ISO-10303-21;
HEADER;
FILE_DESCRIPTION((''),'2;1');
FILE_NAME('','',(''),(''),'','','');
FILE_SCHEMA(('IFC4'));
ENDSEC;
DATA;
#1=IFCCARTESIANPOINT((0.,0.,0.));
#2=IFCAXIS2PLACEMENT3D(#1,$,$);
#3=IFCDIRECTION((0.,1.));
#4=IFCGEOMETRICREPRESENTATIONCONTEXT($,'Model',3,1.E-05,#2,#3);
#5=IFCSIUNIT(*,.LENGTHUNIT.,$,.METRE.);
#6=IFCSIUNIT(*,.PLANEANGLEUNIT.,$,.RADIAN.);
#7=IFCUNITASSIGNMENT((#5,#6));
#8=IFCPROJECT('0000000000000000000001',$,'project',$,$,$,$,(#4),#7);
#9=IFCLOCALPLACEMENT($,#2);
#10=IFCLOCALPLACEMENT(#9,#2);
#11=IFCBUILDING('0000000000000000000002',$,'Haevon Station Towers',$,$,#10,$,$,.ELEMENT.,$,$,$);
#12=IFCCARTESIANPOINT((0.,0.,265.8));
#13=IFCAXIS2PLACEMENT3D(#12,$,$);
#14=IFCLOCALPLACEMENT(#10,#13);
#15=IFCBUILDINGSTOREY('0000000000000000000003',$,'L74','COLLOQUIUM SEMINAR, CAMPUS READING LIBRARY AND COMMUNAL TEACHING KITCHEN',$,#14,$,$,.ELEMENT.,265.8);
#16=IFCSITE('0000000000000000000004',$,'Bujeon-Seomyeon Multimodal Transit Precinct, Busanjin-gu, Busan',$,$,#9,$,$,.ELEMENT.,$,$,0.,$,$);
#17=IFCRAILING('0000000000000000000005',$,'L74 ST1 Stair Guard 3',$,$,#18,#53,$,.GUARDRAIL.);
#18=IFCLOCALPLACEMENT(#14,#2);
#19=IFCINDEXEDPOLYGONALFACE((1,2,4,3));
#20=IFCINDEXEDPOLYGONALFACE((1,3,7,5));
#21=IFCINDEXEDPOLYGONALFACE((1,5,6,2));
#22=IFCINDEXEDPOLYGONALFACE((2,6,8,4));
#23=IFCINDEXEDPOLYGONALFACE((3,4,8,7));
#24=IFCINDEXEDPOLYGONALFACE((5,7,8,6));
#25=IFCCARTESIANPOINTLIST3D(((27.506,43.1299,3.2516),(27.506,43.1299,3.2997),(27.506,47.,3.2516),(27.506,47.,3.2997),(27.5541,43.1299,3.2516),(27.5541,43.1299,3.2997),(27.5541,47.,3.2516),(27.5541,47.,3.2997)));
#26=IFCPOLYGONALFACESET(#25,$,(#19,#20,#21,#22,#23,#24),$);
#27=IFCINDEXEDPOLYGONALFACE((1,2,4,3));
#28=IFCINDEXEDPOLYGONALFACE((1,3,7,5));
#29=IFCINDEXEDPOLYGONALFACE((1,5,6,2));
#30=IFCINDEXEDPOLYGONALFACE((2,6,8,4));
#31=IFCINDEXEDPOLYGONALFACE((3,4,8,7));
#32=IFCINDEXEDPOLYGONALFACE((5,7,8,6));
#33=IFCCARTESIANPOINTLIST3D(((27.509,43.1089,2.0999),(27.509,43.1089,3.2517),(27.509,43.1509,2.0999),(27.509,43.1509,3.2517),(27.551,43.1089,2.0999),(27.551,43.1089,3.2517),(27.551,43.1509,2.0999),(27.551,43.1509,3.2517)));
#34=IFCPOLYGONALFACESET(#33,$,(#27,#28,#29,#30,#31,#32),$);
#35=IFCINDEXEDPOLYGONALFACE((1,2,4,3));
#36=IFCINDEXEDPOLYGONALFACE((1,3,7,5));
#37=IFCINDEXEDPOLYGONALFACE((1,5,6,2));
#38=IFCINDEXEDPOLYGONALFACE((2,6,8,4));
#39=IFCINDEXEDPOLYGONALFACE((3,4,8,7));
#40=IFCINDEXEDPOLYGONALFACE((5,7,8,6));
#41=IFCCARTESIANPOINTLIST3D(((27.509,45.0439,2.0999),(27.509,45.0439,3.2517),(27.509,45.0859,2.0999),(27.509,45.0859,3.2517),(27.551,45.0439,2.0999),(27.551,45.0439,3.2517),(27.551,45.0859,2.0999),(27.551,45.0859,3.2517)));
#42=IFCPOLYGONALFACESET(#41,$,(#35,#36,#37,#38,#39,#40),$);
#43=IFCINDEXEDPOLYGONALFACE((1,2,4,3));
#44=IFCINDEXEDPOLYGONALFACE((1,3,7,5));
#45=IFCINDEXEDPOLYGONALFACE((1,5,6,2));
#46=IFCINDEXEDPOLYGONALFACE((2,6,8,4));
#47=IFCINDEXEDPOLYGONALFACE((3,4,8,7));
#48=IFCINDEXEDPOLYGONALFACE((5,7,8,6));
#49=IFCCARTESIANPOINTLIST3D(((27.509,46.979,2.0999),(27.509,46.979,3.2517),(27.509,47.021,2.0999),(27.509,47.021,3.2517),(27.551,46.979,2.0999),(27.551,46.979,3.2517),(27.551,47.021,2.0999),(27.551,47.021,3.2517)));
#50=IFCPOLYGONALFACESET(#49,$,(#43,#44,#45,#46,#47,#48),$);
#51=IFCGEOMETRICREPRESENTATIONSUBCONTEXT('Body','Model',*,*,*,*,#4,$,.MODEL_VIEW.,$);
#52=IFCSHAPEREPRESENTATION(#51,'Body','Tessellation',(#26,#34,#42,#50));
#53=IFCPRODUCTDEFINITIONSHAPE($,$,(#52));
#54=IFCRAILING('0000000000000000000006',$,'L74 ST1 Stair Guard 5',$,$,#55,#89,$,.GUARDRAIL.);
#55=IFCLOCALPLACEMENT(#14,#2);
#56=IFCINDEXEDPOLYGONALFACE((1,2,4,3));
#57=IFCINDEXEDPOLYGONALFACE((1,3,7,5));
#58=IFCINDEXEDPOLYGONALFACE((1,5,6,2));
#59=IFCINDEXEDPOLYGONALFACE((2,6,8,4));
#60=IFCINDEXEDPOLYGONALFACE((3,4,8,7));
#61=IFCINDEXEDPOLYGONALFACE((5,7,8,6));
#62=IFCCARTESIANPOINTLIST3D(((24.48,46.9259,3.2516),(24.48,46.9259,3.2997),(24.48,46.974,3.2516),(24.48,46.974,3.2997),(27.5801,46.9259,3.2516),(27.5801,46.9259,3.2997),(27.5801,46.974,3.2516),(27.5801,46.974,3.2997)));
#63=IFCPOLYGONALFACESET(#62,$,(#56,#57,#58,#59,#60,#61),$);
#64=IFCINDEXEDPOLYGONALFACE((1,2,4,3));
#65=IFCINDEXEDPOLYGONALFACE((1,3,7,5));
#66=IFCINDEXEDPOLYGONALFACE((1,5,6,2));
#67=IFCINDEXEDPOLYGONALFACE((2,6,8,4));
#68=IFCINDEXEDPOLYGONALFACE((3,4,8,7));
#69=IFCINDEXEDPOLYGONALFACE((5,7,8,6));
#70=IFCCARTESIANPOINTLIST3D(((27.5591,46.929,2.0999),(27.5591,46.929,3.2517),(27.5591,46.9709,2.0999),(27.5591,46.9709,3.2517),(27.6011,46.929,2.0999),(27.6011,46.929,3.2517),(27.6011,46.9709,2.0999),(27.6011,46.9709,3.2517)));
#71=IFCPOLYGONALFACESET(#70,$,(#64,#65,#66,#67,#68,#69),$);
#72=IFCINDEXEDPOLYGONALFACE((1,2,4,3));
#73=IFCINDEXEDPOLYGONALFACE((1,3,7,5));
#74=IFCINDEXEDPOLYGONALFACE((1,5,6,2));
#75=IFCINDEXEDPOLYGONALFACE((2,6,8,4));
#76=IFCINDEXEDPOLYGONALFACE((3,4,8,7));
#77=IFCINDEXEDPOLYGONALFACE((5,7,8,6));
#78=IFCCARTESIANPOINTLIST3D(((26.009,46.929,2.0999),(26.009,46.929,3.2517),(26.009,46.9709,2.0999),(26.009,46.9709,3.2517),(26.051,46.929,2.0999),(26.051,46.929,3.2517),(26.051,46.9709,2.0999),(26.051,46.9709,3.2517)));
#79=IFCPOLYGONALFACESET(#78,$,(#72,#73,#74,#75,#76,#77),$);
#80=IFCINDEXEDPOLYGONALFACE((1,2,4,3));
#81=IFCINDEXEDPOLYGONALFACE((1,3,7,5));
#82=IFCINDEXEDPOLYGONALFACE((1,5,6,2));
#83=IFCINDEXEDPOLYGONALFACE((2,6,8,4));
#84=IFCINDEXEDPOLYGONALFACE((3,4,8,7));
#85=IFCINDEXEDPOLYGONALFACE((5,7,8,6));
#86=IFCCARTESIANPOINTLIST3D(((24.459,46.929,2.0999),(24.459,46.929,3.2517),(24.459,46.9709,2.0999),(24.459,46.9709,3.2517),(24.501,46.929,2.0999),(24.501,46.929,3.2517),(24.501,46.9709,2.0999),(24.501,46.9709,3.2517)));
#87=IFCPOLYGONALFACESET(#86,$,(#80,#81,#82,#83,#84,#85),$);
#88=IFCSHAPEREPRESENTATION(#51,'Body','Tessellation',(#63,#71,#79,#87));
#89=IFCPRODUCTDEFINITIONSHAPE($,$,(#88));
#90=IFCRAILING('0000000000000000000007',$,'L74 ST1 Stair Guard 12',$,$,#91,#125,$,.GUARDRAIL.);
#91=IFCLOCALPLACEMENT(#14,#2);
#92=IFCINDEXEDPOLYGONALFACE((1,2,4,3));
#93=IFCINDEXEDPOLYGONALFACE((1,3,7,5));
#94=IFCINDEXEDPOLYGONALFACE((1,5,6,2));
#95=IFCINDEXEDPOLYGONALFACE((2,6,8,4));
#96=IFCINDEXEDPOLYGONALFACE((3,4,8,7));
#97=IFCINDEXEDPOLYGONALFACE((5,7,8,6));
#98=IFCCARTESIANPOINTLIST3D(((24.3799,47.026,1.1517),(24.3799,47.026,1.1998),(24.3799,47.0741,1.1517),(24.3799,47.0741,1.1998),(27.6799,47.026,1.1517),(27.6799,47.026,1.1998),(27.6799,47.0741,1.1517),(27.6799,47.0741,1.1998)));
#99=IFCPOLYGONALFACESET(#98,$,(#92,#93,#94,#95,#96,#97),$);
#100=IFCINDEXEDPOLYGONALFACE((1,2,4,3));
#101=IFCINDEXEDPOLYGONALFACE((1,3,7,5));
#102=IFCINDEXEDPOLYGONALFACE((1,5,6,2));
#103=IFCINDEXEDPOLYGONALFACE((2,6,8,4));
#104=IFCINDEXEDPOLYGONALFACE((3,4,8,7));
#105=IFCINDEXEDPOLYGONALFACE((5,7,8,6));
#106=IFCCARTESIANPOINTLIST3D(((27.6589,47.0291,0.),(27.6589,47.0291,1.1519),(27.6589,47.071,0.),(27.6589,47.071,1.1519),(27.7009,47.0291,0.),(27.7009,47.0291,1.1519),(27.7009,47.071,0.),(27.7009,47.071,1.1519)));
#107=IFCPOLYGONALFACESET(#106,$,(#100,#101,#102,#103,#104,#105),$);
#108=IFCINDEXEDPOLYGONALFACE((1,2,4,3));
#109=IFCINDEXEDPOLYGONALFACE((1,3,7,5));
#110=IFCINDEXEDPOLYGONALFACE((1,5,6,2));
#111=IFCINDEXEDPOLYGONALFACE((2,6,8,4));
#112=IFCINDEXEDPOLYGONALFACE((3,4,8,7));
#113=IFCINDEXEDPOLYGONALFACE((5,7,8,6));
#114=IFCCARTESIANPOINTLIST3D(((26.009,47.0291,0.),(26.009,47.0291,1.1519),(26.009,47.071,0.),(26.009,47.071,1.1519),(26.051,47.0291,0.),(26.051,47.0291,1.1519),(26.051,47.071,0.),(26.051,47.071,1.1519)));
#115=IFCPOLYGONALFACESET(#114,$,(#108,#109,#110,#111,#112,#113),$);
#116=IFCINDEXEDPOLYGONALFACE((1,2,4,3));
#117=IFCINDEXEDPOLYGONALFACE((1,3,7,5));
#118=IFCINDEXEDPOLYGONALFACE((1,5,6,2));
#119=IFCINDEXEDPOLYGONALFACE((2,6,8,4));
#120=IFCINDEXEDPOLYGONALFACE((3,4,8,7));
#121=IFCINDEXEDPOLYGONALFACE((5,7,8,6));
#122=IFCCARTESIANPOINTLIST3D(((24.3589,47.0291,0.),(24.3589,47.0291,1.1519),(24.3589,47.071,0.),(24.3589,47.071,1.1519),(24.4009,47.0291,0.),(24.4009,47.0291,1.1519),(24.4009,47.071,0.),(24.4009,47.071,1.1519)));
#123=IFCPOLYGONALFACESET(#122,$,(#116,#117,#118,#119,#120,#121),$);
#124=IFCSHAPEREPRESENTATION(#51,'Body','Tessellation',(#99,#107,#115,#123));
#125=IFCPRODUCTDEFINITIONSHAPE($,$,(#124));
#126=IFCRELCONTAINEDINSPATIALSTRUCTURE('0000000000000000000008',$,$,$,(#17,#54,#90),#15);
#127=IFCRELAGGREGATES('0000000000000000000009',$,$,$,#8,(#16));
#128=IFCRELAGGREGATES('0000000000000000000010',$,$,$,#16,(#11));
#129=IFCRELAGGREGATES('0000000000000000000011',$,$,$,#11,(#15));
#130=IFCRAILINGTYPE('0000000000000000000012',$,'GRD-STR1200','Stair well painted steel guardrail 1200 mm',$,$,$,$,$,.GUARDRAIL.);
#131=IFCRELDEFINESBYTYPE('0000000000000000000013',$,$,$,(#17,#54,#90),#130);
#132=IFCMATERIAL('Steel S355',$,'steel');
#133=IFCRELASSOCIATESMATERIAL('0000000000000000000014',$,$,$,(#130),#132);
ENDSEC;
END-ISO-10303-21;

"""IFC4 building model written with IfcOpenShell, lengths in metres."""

from ifc_helpers import new_model, si_unit, direction, frame, origin, origin_2d, place, context, subcontext, project, spatial, rectangle, extrude, material, type_object, element, save


model = new_model("IFC4")

# Units and contexts
model_context = context("Model", 3, precision=1e-05, world=origin(), true_north=direction((0.0, 1.0)))
body_context = subcontext(model_context, "Body", "Model", "MODEL_VIEW")
ifc_project = project(units=[si_unit("LENGTHUNIT", "METRE"), si_unit("PLANEANGLEUNIT", "RADIAN")], contexts=[model_context])

# Site, building, storey
site_placement = place(None, origin())
site = spatial("IfcSite", under=ifc_project, at=site_placement, Name="Bujeon-Seomyeon Multimodal Transit Precinct, Busanjin-gu, Busan", CompositionType="ELEMENT", RefElevation=0.0)
building_placement = place(site_placement, origin())
building = spatial("IfcBuilding", under=site, at=building_placement, Name="Haevon Station Towers", CompositionType="ELEMENT")
storey_placement = place(building_placement, frame((0.0, 0.0, 265.8)))
storey = spatial("IfcBuildingStorey", under=building, at=storey_placement, Name="L74", Description="COLLOQUIUM SEMINAR, CAMPUS READING LIBRARY AND COMMUNAL TEACHING KITCHEN", CompositionType="ELEMENT", Elevation=265.8)

# Shared definitions
ifc_material_1 = material(Name="Steel S355", Category="steel")

# Railings
railing_type = type_object("IfcRailingType", Name="GRD-STR1200", Description="Stair well painted steel guardrail 1200 mm", PredefinedType="GUARDRAIL", material=ifc_material_1)
railing_1_placement = place(storey_placement, frame((27.53, 43.1299, 2.0999)))
element("IfcRailing", 1, at=railing_1_placement, inside=storey, type_object=railing_type, Name="L74 ST1 Stair Guard 3", PredefinedType="GUARDRAIL", context=body_context, shape_type="SweptSolid", body=[
    extrude(rectangle(XDim=0.0481, YDim=0.0481, at=origin_2d()), frame((0.0, 0.0, 1.1758), z_axis=(0.0, 1.0, 0.0), x_axis=(-1.0, 0.0, 0.0)), (0.0, 0.0, 1.0), 3.8701),
    extrude(rectangle(XDim=0.042, YDim=0.042, at=origin_2d()), origin(), (0.0, 0.0, 1.0), 1.1519),
    extrude(rectangle(XDim=0.042, YDim=0.042, at=origin_2d()), frame((0.0, 1.9351, 0.0)), (0.0, 0.0, 1.0), 1.1519),
    extrude(rectangle(XDim=0.042, YDim=0.042, at=origin_2d()), frame((0.0, 3.8701, 0.0)), (0.0, 0.0, 1.0), 1.1519),
])
railing_2_placement = place(storey_placement, frame((27.5801, 46.95, 2.0999)))
element("IfcRailing", 2, at=railing_2_placement, inside=storey, type_object=railing_type, Name="L74 ST1 Stair Guard 5", PredefinedType="GUARDRAIL", context=body_context, shape_type="SweptSolid", body=[
    extrude(rectangle(XDim=0.0481, YDim=0.0481, at=origin_2d()), frame((0.0, 0.0, 1.1758), z_axis=(-1.0, 0.0, 0.0), x_axis=(0.0, -1.0, 0.0)), (0.0, 0.0, 1.0), 3.1001),
    extrude(rectangle(XDim=0.042, YDim=0.042, at=origin_2d()), origin(), (0.0, 0.0, 1.0), 1.1519),
    extrude(rectangle(XDim=0.042, YDim=0.042, at=origin_2d()), frame((-1.55, 0.0, 0.0)), (0.0, 0.0, 1.0), 1.1519),
    extrude(rectangle(XDim=0.042, YDim=0.042, at=origin_2d()), frame((-3.1001, 0.0, 0.0)), (0.0, 0.0, 1.0), 1.1519),
])
railing_3_placement = place(storey_placement, frame((27.6799, 47.05, 0.0)))
element("IfcRailing", 3, at=railing_3_placement, inside=storey, type_object=railing_type, Name="L74 ST1 Stair Guard 12", PredefinedType="GUARDRAIL", context=body_context, shape_type="SweptSolid", body=[
    extrude(rectangle(XDim=0.0481, YDim=0.0481, at=origin_2d()), frame((0.0, 0.0, 1.1758), z_axis=(-1.0, 0.0, 0.0), x_axis=(0.0, -1.0, 0.0)), (0.0, 0.0, 1.0), 3.3),
    extrude(rectangle(XDim=0.042, YDim=0.042, at=origin_2d()), origin(), (0.0, 0.0, 1.0), 1.1519),
    extrude(rectangle(XDim=0.042, YDim=0.042, at=origin_2d()), frame((-1.6499, 0.0, 0.0)), (0.0, 0.0, 1.0), 1.1519),
    extrude(rectangle(XDim=0.042, YDim=0.042, at=origin_2d()), frame((-3.3, 0.0, 0.0)), (0.0, 0.0, 1.0), 1.1519),
])

save(model, "model.ifc")
